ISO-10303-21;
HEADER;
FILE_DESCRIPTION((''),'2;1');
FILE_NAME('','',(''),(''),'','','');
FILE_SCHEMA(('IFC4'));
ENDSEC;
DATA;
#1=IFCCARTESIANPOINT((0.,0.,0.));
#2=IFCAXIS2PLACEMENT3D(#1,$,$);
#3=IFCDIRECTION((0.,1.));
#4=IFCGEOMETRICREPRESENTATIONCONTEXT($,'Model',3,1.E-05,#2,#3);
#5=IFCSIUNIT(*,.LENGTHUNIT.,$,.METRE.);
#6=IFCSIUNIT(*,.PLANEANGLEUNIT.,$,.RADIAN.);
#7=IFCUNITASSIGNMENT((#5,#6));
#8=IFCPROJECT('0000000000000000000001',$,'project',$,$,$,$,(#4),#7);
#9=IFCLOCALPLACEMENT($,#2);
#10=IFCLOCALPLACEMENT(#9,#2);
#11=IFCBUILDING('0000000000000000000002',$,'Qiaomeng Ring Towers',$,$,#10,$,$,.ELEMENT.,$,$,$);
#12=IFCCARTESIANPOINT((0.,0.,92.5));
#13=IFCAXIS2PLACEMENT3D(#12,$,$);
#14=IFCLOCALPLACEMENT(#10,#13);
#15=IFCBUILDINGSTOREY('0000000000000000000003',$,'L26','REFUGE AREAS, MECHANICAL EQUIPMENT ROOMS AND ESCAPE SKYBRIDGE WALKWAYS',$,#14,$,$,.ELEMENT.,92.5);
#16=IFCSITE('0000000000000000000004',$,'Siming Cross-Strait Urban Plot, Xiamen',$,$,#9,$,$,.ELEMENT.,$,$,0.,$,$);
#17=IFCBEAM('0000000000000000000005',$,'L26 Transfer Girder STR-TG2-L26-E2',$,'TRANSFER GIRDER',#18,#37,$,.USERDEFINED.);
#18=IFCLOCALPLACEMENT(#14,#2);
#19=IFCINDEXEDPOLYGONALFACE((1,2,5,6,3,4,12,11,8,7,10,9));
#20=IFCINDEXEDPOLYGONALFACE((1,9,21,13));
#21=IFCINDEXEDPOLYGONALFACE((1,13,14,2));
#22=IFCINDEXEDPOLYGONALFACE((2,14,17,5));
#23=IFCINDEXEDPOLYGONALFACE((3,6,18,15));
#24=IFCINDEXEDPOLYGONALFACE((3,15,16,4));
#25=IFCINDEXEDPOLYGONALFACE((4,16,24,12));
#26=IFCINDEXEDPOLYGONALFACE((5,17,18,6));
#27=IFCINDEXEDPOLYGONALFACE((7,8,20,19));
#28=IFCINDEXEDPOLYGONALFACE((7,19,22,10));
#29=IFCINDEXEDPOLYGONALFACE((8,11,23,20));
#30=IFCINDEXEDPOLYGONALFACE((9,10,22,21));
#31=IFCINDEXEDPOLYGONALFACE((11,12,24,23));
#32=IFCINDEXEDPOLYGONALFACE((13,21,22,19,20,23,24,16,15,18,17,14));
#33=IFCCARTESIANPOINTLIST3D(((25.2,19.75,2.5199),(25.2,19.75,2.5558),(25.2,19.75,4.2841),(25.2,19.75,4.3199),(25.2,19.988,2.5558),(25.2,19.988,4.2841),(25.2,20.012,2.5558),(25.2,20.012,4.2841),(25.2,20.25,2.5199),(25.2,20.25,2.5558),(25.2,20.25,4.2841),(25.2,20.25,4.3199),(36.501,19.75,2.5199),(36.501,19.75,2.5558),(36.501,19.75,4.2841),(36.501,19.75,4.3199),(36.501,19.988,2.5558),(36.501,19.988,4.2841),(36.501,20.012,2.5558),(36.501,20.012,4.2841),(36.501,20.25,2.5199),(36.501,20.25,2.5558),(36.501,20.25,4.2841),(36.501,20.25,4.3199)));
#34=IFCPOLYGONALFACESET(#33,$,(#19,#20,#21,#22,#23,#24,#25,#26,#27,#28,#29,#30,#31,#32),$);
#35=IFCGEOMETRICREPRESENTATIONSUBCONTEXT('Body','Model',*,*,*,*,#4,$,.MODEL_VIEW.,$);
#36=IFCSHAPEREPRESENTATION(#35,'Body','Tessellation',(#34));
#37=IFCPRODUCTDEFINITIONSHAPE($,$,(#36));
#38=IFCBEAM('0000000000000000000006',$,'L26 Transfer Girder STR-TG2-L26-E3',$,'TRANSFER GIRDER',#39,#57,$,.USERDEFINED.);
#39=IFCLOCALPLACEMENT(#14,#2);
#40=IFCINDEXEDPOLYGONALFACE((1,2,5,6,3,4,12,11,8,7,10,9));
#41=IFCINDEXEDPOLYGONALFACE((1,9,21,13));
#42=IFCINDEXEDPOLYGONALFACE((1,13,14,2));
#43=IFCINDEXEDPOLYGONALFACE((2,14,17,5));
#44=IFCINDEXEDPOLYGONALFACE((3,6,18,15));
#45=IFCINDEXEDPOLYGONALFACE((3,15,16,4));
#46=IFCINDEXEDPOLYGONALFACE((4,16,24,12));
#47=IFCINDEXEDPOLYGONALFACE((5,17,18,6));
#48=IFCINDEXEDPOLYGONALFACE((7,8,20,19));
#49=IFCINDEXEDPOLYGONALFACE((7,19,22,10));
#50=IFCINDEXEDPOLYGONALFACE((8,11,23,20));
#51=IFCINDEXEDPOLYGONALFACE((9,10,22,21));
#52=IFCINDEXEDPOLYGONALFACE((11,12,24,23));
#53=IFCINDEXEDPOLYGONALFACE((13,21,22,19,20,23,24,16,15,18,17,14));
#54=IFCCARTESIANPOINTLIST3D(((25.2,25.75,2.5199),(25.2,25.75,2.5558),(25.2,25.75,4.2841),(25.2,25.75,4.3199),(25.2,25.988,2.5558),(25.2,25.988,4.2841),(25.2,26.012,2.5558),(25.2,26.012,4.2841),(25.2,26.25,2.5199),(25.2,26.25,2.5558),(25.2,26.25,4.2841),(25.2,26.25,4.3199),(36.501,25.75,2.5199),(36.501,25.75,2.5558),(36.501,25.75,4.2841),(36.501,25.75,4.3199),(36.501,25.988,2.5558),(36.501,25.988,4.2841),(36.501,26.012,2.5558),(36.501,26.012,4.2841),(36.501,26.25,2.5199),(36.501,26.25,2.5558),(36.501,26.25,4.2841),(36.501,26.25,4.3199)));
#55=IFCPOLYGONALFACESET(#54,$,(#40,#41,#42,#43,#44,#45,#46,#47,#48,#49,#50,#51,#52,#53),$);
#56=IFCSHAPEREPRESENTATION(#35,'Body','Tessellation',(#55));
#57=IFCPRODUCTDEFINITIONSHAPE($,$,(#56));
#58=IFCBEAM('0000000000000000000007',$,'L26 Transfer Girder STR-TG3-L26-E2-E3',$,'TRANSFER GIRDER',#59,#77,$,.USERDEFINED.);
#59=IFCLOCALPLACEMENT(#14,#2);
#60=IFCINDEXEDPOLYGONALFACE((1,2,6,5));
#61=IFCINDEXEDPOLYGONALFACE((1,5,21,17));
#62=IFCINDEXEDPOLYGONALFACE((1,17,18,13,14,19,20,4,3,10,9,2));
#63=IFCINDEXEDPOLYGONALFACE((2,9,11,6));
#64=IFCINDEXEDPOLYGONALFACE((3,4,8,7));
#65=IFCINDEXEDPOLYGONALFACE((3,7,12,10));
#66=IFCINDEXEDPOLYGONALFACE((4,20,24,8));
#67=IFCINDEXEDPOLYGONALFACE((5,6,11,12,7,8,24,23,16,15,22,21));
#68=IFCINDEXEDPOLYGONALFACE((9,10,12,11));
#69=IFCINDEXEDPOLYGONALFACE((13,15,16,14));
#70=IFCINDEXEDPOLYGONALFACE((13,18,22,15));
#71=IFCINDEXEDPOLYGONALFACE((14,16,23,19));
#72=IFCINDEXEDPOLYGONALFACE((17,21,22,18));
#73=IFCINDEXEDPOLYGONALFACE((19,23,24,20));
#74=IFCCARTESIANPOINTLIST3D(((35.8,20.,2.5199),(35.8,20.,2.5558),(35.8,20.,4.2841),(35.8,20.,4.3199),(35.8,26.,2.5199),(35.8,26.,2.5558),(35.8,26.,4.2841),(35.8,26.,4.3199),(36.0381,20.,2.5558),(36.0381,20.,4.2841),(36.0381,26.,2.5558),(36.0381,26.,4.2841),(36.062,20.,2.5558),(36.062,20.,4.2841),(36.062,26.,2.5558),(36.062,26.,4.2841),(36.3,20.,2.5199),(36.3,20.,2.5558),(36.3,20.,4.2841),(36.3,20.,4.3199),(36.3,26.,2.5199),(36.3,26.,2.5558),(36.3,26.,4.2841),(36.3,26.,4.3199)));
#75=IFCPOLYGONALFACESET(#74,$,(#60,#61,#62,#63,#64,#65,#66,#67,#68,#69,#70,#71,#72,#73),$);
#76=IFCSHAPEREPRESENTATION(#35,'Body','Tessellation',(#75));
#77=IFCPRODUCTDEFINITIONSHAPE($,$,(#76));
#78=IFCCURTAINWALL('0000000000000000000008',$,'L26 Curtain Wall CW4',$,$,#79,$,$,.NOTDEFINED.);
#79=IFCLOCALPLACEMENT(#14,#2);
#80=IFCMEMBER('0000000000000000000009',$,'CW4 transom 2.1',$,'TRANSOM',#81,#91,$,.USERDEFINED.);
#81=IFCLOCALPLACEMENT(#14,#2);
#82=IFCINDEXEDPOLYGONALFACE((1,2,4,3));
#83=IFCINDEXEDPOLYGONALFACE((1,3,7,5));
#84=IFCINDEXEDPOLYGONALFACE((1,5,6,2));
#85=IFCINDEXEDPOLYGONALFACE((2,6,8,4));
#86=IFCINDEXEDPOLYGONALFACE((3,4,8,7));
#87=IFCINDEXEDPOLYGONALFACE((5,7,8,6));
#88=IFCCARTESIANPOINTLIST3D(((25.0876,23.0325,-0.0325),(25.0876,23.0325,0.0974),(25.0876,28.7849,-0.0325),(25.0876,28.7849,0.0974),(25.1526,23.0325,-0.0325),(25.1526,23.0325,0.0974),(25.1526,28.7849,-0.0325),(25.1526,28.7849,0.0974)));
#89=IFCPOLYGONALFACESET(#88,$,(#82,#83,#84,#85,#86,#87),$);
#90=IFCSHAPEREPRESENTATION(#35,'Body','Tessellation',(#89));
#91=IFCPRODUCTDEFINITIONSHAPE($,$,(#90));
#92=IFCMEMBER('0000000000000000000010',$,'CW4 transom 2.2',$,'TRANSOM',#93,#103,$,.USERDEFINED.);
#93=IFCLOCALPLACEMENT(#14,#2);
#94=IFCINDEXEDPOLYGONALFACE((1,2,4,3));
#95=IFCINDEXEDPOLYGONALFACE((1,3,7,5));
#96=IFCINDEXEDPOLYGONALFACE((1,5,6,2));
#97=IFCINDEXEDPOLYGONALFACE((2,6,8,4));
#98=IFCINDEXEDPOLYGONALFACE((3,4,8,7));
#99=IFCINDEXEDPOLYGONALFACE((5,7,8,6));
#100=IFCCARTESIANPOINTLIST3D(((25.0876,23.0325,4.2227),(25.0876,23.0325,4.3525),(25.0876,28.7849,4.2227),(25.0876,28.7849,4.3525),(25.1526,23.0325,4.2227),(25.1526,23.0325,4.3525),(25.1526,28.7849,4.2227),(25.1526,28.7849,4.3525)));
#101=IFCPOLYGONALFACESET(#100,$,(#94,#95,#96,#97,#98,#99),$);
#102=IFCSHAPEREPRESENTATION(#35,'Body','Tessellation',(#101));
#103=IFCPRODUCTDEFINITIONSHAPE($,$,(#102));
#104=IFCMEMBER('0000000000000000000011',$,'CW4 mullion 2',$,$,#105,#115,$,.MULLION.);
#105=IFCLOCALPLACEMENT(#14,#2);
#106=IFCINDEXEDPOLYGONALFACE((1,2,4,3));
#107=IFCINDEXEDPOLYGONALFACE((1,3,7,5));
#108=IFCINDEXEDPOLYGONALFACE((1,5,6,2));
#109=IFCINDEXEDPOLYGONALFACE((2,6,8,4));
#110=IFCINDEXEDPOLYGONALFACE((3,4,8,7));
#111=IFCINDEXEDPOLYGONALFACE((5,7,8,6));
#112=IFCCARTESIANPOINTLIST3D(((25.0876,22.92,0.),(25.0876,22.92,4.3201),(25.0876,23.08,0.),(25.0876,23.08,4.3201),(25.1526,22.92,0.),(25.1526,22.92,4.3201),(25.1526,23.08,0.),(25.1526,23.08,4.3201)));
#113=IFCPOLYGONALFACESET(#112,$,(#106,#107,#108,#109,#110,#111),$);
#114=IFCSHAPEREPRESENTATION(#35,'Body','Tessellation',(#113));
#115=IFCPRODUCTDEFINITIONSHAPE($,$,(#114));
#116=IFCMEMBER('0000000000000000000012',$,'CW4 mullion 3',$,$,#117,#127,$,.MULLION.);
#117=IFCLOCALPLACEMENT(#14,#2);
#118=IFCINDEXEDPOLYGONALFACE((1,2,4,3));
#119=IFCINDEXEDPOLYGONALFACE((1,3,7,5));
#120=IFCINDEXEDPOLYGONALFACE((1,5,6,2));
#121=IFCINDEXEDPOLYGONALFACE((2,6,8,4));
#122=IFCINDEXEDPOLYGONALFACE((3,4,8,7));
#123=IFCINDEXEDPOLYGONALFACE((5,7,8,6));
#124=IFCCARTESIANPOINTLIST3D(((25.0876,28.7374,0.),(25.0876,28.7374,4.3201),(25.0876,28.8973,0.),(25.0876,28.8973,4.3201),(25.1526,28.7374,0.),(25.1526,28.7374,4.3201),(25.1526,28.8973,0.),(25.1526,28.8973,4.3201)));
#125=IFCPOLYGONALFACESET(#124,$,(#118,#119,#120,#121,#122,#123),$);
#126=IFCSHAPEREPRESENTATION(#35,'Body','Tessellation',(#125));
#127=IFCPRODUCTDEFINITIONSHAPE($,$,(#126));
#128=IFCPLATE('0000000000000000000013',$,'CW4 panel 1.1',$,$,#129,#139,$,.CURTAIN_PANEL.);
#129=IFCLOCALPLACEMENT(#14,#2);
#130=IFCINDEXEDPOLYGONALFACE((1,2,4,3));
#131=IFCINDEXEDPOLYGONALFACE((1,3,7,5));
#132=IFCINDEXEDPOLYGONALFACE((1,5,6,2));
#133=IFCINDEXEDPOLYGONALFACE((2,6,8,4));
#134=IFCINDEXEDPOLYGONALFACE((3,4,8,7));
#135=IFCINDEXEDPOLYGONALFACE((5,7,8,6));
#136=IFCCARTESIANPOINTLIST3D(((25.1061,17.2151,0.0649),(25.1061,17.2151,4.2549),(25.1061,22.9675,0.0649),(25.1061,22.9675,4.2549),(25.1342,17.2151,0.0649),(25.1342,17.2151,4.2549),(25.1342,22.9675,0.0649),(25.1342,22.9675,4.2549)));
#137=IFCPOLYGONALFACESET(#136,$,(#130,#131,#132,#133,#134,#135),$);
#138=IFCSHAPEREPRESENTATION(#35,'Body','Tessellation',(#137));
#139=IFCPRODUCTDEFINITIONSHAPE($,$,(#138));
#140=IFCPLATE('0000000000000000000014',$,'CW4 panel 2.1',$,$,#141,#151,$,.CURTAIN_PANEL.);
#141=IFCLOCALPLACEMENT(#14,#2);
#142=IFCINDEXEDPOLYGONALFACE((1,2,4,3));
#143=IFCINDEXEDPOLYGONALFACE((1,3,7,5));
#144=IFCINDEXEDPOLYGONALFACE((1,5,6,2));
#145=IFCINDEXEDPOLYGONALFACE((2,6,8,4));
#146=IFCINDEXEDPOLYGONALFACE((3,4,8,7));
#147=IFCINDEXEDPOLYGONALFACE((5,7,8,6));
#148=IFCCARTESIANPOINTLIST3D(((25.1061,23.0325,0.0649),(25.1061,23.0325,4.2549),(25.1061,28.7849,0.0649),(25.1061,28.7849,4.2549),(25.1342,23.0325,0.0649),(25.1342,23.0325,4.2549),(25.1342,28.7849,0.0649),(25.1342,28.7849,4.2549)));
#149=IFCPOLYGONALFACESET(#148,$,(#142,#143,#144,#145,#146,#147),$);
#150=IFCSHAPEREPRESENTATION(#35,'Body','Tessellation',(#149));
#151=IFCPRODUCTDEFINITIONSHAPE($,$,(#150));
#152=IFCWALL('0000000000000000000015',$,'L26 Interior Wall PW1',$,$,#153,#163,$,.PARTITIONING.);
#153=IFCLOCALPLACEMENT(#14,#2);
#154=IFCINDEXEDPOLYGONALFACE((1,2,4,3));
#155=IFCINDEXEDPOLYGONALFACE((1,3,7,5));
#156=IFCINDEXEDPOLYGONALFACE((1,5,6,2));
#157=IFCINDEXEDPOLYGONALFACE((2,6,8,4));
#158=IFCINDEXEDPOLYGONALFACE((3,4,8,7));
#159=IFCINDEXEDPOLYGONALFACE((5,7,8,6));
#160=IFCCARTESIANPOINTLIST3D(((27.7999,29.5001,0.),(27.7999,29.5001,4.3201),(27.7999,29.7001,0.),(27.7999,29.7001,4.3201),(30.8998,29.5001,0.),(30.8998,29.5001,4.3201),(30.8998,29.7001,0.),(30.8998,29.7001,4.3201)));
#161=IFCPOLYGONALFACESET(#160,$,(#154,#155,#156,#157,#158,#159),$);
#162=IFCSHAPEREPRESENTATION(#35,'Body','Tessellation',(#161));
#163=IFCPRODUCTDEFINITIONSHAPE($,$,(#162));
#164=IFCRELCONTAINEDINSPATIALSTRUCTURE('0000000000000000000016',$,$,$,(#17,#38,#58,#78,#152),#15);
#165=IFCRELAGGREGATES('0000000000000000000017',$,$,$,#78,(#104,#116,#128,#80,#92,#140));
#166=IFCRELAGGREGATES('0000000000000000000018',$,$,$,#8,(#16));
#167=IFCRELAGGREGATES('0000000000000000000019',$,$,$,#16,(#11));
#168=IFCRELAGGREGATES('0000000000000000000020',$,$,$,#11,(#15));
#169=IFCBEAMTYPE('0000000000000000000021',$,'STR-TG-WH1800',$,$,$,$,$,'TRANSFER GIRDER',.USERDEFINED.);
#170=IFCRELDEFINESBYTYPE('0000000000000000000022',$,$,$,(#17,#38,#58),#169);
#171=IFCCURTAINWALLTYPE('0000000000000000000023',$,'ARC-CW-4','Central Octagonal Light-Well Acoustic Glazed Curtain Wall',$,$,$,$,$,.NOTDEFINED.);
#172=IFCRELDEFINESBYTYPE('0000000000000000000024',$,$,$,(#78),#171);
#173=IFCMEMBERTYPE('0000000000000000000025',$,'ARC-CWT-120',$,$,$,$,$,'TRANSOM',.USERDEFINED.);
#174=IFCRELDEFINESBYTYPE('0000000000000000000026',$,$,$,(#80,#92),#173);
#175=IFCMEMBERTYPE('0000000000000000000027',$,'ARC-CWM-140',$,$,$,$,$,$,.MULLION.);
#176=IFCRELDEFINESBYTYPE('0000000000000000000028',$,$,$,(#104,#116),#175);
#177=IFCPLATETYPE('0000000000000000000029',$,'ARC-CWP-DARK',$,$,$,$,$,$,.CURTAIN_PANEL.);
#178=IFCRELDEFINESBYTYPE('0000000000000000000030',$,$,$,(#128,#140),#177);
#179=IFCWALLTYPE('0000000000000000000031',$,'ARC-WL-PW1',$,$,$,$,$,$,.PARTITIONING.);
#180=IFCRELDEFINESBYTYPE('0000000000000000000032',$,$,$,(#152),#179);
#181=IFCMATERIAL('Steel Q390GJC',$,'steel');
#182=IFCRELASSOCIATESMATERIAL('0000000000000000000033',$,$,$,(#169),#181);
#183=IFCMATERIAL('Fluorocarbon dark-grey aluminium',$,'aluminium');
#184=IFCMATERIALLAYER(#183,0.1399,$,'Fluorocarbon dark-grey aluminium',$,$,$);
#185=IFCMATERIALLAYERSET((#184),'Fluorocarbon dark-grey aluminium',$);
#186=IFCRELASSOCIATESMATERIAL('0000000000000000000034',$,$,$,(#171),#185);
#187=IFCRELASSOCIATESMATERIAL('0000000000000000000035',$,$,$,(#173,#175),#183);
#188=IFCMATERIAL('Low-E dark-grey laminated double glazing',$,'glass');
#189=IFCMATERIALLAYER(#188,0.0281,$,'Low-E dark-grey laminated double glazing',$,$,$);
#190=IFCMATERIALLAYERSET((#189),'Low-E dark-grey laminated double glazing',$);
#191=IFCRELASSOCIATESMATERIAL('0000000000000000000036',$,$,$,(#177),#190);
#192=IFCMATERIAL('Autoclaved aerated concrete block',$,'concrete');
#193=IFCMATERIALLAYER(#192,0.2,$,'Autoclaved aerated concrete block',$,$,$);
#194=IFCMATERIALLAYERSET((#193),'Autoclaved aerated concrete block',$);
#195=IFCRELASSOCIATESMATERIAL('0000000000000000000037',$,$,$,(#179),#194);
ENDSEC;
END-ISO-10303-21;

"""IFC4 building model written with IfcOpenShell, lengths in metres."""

from ifc_helpers import new_model, si_unit, direction, frame, frame_2d, origin, origin_2d, place, context, subcontext, project, spatial, rectangle, i_section, extrude, source, transform, mapped, material, layer, layer_set, material_profile, profile_set, type_object, element, aggregate, save


model = new_model("IFC4")

# Units and contexts
model_context = context("Model", 3, precision=1e-05, world=origin(), true_north=direction((0.0, 1.0)))
body_context = subcontext(model_context, "Body", "Model", "MODEL_VIEW")
ifc_project = project(units=[si_unit("LENGTHUNIT", "METRE"), si_unit("PLANEANGLEUNIT", "RADIAN")], contexts=[model_context])

# Site, building, storey
site_placement = place(None, origin())
site = spatial("IfcSite", under=ifc_project, at=site_placement, Name="Siming Cross-Strait Urban Plot, Xiamen", CompositionType="ELEMENT", RefElevation=0.0)
building_placement = place(site_placement, origin())
building = spatial("IfcBuilding", under=site, at=building_placement, Name="Qiaomeng Ring Towers", CompositionType="ELEMENT")
storey_placement = place(building_placement, frame((0.0, 0.0, 92.5)))
storey = spatial("IfcBuildingStorey", under=building, at=storey_placement, Name="L26", Description="REFUGE AREAS, MECHANICAL EQUIPMENT ROOMS AND ESCAPE SKYBRIDGE WALKWAYS", CompositionType="ELEMENT", Elevation=92.5)

# Beams
ifc_material_1 = material(Name="Steel Q390GJC", Category="steel")
ifc_material_profile_1 = material_profile(ifc_material_1, i_section(OverallWidth=0.5, OverallDepth=1.8, WebThickness=0.0239, FlangeThickness=0.0359, at=origin_2d()), Name="WH 1800x500x24x36")
ifc_profile_set_1 = profile_set([ifc_material_profile_1], Name="Steel Q390GJC")
beam_type_1 = type_object("IfcBeamType", Name="STR-TG-WH1800", ElementType="TRANSFER GIRDER", PredefinedType="USERDEFINED", material=ifc_profile_set_1)
shared_shape_1 = source(origin(), body_context, "Body", "SweptSolid", [
    extrude(i_section(OverallWidth=0.5, OverallDepth=1.8, WebThickness=0.0239, FlangeThickness=0.0359, at=origin_2d()), origin(), (0.0, 0.0, 1.0), 11.301),
])
for number, where, z_axis, x_axis, name in (
    (1, (25.2, 20.0, 3.4199), (1.0, 0.0, 0.0), (0.0, 1.0, 0.0), "L26 Transfer Girder STR-TG2-L26-E2"),
    (2, (25.2, 26.0, 3.4199), (1.0, 0.0, 0.0), (0.0, 1.0, 0.0), "L26 Transfer Girder STR-TG2-L26-E3"),
):
    element("IfcBeam", number, at=place(storey_placement, frame(where, z_axis=z_axis, x_axis=x_axis)), inside=storey, type_object=beam_type_1, Name=name, ObjectType="TRANSFER GIRDER", PredefinedType="USERDEFINED", context=body_context, shape_type="MappedRepresentation", body=[
        mapped(shared_shape_1, transform((0.0, 0.0, 0.0), x_axis=(1.0, 0.0, 0.0), y_axis=(0.0, 1.0, 0.0), z_axis=(0.0, 0.0, 1.0), scale=1.0)),
    ])
shared_shape_2 = source(origin(), body_context, "Body", "SweptSolid", [
    extrude(i_section(OverallWidth=0.5, OverallDepth=1.8, WebThickness=0.0239, FlangeThickness=0.0359, at=origin_2d()), origin(), (0.0, 0.0, 1.0), 6.0),
])
beam_1_placement = place(storey_placement, frame((36.05, 20.0, 3.4199), z_axis=(0.0, 1.0, 0.0), x_axis=(-1.0, 0.0, 0.0)))
element("IfcBeam", 3, at=beam_1_placement, inside=storey, type_object=beam_type_1, Name="L26 Transfer Girder STR-TG3-L26-E2-E3", ObjectType="TRANSFER GIRDER", PredefinedType="USERDEFINED", context=body_context, shape_type="MappedRepresentation", body=[
    mapped(shared_shape_2, transform((0.0, 0.0, 0.0), x_axis=(1.0, 0.0, 0.0), y_axis=(0.0, 1.0, 0.0), z_axis=(0.0, 0.0, 1.0), scale=1.0)),
])

# Curtain wall, members, plates
ifc_material_2 = material(Name="Fluorocarbon dark-grey aluminium", Category="aluminium")
ifc_layer_1 = layer(ifc_material_2, 0.1399, Name="Fluorocarbon dark-grey aluminium")
ifc_layer_set_1 = layer_set([ifc_layer_1], Name="Fluorocarbon dark-grey aluminium")
curtain_wall_type = type_object("IfcCurtainWallType", Name="ARC-CW-4", Description="Central Octagonal Light-Well Acoustic Glazed Curtain Wall", PredefinedType="NOTDEFINED", material=ifc_layer_set_1)
curtain_wall_placement = place(storey_placement, origin())
curtain_wall = element("IfcCurtainWall", 4, at=curtain_wall_placement, inside=storey, type_object=curtain_wall_type, Name="L26 Curtain Wall CW4", PredefinedType="NOTDEFINED")
ifc_material_profile_2 = material_profile(ifc_material_2, rectangle(XDim=0.0649, YDim=0.1299, at=origin_2d()), Name="ALU TRAN 65x130")
ifc_profile_set_2 = profile_set([ifc_material_profile_2], Name="Fluorocarbon dark-grey aluminium")
member_type_1 = type_object("IfcMemberType", Name="ARC-CWT-120", ElementType="TRANSOM", PredefinedType="USERDEFINED", material=ifc_profile_set_2)
shared_shape_3 = source(origin(), body_context, "Body", "SweptSolid", [
    extrude(rectangle(XDim=0.0649, YDim=0.1299, at=origin_2d()), origin(), (0.0, 0.0, 1.0), 5.7524),
])
member_1_placement = place(storey_placement, frame((25.1201, 23.0325, 0.0325), z_axis=(0.0, 1.0, 0.0), x_axis=(-1.0, 0.0, 0.0)))
member_1 = element("IfcMember", 5, at=member_1_placement, type_object=member_type_1, Name="CW4 transom 2.1", ObjectType="TRANSOM", PredefinedType="USERDEFINED", context=body_context, shape_type="MappedRepresentation", body=[
    mapped(shared_shape_3, transform((0.0, 0.0, 0.0), x_axis=(1.0, 0.0, 0.0), y_axis=(0.0, 1.0, 0.0), z_axis=(0.0, 0.0, 1.0), scale=1.0)),
])
member_2_placement = place(storey_placement, frame((25.1201, 23.0325, 4.2876), z_axis=(0.0, 1.0, 0.0), x_axis=(-1.0, 0.0, 0.0)))
member_2 = element("IfcMember", 6, at=member_2_placement, type_object=member_type_1, Name="CW4 transom 2.2", ObjectType="TRANSOM", PredefinedType="USERDEFINED", context=body_context, shape_type="MappedRepresentation", body=[
    mapped(shared_shape_3, transform((0.0, 0.0, 0.0), x_axis=(1.0, 0.0, 0.0), y_axis=(0.0, 1.0, 0.0), z_axis=(0.0, 0.0, 1.0), scale=1.0)),
])
ifc_material_profile_3 = material_profile(ifc_material_2, rectangle(XDim=0.0649, YDim=0.1599, at=origin_2d()), Name="ALU MULL 65x160")
ifc_profile_set_3 = profile_set([ifc_material_profile_3], Name="Fluorocarbon dark-grey aluminium")
member_type_2 = type_object("IfcMemberType", Name="ARC-CWM-140", PredefinedType="MULLION", material=ifc_profile_set_3)
shared_shape_4 = source(origin(), body_context, "Body", "SweptSolid", [
    extrude(rectangle(XDim=0.0649, YDim=0.1599, at=origin_2d()), origin(), (0.0, 0.0, 1.0), 4.3201),
])
member_3_placement = place(storey_placement, frame((25.1201, 23.0, 0.0), z_axis=(0.0, 0.0, 1.0), x_axis=(-1.0, 0.0, 0.0)))
member_3 = element("IfcMember", 7, at=member_3_placement, type_object=member_type_2, Name="CW4 mullion 2", PredefinedType="MULLION", context=body_context, shape_type="MappedRepresentation", body=[
    mapped(shared_shape_4, transform((0.0, 0.0, 0.0), x_axis=(1.0, 0.0, 0.0), y_axis=(0.0, 1.0, 0.0), z_axis=(0.0, 0.0, 1.0), scale=1.0)),
])
member_4_placement = place(storey_placement, frame((25.1201, 28.8174, 0.0), z_axis=(0.0, 0.0, 1.0), x_axis=(-1.0, 0.0, 0.0)))
member_4 = element("IfcMember", 8, at=member_4_placement, type_object=member_type_2, Name="CW4 mullion 3", PredefinedType="MULLION", context=body_context, shape_type="MappedRepresentation", body=[
    mapped(shared_shape_4, transform((0.0, 0.0, 0.0), x_axis=(1.0, 0.0, 0.0), y_axis=(0.0, 1.0, 0.0), z_axis=(0.0, 0.0, 1.0), scale=1.0)),
])
ifc_material_3 = material(Name="Low-E dark-grey laminated double glazing", Category="glass")
ifc_layer_2 = layer(ifc_material_3, 0.0281, Name="Low-E dark-grey laminated double glazing")
ifc_layer_set_2 = layer_set([ifc_layer_2], Name="Low-E dark-grey laminated double glazing")
plate_type = type_object("IfcPlateType", Name="ARC-CWP-DARK", PredefinedType="CURTAIN_PANEL", material=ifc_layer_set_2)
shared_shape_5 = source(origin(), body_context, "Body", "SweptSolid", [
    extrude(rectangle(XDim=5.7524, YDim=0.0281, at=origin_2d()), origin(), (0.0, 0.0, 1.0), 4.1899),
])
plate_1_placement = place(storey_placement, frame((25.1201, 20.0913, 0.0649), z_axis=(0.0, 0.0, 1.0), x_axis=(0.0, 1.0, 0.0)))
plate_1 = element("IfcPlate", 9, at=plate_1_placement, type_object=plate_type, Name="CW4 panel 1.1", PredefinedType="CURTAIN_PANEL", context=body_context, shape_type="MappedRepresentation", body=[
    mapped(shared_shape_5, transform((0.0, 0.0, 0.0), x_axis=(1.0, 0.0, 0.0), y_axis=(0.0, 1.0, 0.0), z_axis=(0.0, 0.0, 1.0), scale=1.0)),
])
plate_2_placement = place(storey_placement, frame((25.1201, 25.9087, 0.0649), z_axis=(0.0, 0.0, 1.0), x_axis=(0.0, 1.0, 0.0)))
plate_2 = element("IfcPlate", 10, at=plate_2_placement, type_object=plate_type, Name="CW4 panel 2.1", PredefinedType="CURTAIN_PANEL", context=body_context, shape_type="MappedRepresentation", body=[
    mapped(shared_shape_5, transform((0.0, 0.0, 0.0), x_axis=(1.0, 0.0, 0.0), y_axis=(0.0, 1.0, 0.0), z_axis=(0.0, 0.0, 1.0), scale=1.0)),
])
aggregate(curtain_wall, [member_3, member_4, plate_1, member_1, member_2, plate_2])

# Wall
ifc_material_4 = material(Name="Autoclaved aerated concrete block", Category="concrete")
ifc_layer_3 = layer(ifc_material_4, 0.2, Name="Autoclaved aerated concrete block")
ifc_layer_set_3 = layer_set([ifc_layer_3], Name="Autoclaved aerated concrete block")
wall_type_1 = type_object("IfcWallType", Name="ARC-WL-PW1", PredefinedType="PARTITIONING", material=ifc_layer_set_3)
wall_1_placement = place(storey_placement, frame((27.8, 29.6001, 0.0), z_axis=(0.0, 0.0, 1.0), x_axis=(1.0, 0.0, 0.0)))
element("IfcWall", 11, at=wall_1_placement, inside=storey, type_object=wall_type_1, Name="L26 Interior Wall PW1", PredefinedType="PARTITIONING", context=body_context, shape_type="SweptSolid", body=[
    extrude(rectangle(XDim=3.0999, YDim=0.2, at=frame_2d((1.5498, 0.0))), origin(), (0.0, 0.0, 1.0), 4.3201),
])

save(model, "model.ifc")
